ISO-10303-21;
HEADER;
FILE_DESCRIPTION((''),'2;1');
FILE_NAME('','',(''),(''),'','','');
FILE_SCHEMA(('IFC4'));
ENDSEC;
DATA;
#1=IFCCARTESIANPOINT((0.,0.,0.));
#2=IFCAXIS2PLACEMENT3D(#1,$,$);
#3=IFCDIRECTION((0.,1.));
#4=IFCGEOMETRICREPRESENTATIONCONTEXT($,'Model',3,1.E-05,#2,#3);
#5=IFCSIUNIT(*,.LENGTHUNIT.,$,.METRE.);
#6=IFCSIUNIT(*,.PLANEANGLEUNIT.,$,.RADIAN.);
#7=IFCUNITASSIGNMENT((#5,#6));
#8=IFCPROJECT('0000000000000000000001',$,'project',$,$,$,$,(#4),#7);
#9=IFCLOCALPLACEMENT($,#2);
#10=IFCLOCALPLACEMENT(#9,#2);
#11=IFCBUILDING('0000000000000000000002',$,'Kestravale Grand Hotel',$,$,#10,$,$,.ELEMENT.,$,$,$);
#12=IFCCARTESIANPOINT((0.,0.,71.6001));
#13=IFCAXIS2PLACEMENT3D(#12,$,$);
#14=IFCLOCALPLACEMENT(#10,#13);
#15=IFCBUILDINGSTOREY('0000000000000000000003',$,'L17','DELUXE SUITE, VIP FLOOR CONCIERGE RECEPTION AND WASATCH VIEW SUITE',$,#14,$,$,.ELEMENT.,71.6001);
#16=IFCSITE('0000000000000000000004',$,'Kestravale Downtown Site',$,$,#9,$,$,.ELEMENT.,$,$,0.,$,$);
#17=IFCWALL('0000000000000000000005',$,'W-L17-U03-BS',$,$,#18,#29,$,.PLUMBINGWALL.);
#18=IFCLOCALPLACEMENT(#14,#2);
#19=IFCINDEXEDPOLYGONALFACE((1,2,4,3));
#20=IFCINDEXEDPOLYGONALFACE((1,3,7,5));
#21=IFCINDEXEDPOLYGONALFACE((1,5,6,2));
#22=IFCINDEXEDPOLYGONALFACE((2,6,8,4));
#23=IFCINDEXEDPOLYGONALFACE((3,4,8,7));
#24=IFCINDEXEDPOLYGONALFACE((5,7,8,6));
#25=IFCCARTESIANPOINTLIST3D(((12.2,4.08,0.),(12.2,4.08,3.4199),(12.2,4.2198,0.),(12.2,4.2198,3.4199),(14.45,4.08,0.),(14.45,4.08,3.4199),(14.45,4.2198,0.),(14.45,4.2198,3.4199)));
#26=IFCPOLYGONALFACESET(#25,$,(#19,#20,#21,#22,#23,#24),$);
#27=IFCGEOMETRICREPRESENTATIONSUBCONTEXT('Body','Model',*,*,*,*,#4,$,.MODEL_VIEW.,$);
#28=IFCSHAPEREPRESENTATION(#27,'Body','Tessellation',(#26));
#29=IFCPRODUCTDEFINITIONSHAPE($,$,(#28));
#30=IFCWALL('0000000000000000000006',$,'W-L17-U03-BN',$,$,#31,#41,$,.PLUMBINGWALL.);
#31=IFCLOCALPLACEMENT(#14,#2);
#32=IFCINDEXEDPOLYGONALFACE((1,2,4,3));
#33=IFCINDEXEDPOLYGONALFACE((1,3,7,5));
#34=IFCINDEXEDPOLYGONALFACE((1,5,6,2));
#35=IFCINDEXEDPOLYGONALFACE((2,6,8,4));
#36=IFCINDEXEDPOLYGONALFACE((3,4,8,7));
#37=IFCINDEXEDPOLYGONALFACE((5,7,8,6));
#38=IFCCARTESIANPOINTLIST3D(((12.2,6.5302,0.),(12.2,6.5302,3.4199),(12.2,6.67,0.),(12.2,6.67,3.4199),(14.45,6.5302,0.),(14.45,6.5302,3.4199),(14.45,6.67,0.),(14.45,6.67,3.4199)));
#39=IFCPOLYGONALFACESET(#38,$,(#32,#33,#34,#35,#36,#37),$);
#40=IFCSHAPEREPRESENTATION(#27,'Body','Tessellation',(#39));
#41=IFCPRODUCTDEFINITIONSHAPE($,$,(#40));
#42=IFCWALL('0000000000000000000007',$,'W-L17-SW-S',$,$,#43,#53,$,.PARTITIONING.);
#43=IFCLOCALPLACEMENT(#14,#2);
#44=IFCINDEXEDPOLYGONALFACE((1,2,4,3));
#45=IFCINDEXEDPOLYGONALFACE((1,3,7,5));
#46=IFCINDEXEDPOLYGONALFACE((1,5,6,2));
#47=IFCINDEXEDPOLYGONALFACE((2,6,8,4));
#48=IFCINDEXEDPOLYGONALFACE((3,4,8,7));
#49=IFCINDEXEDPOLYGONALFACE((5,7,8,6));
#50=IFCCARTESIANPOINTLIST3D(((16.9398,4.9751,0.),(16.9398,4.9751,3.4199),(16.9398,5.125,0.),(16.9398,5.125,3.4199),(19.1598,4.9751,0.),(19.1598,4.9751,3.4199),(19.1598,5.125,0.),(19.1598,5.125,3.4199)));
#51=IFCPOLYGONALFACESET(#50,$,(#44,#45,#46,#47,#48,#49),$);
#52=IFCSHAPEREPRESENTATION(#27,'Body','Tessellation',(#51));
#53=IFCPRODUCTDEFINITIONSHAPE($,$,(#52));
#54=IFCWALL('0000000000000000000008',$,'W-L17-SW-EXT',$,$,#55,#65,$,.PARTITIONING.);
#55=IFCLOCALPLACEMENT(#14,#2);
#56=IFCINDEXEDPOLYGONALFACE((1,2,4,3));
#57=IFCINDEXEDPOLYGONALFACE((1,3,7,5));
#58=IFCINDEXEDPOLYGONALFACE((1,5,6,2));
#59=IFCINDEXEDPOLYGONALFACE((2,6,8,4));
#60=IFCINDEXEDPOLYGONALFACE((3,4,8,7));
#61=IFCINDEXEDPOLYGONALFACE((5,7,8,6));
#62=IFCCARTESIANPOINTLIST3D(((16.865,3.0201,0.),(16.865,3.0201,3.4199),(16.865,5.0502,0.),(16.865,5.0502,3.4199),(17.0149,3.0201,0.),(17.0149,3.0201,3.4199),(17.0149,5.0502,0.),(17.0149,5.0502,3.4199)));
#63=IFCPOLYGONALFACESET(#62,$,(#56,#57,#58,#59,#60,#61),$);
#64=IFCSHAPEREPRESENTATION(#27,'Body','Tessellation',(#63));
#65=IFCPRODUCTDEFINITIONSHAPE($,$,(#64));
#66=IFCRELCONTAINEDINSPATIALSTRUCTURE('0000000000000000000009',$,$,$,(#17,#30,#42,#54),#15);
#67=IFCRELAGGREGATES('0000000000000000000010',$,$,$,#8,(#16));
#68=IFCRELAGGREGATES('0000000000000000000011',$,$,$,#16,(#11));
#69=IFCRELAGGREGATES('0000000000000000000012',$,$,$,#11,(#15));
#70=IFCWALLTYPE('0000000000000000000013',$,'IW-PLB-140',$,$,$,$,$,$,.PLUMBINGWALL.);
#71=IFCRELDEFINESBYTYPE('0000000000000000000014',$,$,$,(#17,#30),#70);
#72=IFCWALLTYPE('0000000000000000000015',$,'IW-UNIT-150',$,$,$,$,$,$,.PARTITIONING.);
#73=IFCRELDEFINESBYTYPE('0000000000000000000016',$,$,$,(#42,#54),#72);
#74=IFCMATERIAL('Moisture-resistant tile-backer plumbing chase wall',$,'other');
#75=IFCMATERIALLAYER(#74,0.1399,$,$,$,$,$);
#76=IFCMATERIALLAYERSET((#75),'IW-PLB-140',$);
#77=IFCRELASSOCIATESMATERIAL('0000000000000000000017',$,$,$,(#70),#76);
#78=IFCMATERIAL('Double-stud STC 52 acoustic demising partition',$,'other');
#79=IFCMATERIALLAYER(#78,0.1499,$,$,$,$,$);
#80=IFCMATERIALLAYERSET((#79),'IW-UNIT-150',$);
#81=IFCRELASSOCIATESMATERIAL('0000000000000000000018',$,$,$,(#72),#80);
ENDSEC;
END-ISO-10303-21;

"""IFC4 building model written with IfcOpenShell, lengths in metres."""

from ifc_helpers import new_model, si_unit, direction, frame, frame_2d, origin, place, context, subcontext, project, spatial, rectangle, extrude, material, layer, layer_set, type_object, element, save


model = new_model("IFC4")

# Units and contexts
model_context = context("Model", 3, precision=1e-05, world=origin(), true_north=direction((0.0, 1.0)))
body_context = subcontext(model_context, "Body", "Model", "MODEL_VIEW")
ifc_project = project(units=[si_unit("LENGTHUNIT", "METRE"), si_unit("PLANEANGLEUNIT", "RADIAN")], contexts=[model_context])

# Site, building, storey
site_placement = place(None, origin())
site = spatial("IfcSite", under=ifc_project, at=site_placement, Name="Kestravale Downtown Site", CompositionType="ELEMENT", RefElevation=0.0)
building_placement = place(site_placement, origin())
building = spatial("IfcBuilding", under=site, at=building_placement, Name="Kestravale Grand Hotel", CompositionType="ELEMENT")
storey_placement = place(building_placement, frame((0.0, 0.0, 71.6001)))
storey = spatial("IfcBuildingStorey", under=building, at=storey_placement, Name="L17", Description="DELUXE SUITE, VIP FLOOR CONCIERGE RECEPTION AND WASATCH VIEW SUITE", CompositionType="ELEMENT", Elevation=71.6001)

# Shared definitions
ifc_material_1 = material(Name="Moisture-resistant tile-backer plumbing chase wall", Category="other")
ifc_layer_1 = layer(ifc_material_1, 0.1399)
ifc_layer_set_1 = layer_set([ifc_layer_1], Name="IW-PLB-140")
wall_type_1 = type_object("IfcWallType", Name="IW-PLB-140", PredefinedType="PLUMBINGWALL", material=ifc_layer_set_1)

# Walls
for number, where, z_axis, x_axis, name in (
    (1, (12.2, 4.1499, 0.0), (0.0, 0.0, 1.0), (1.0, 0.0, 0.0), "W-L17-U03-BS"),
    (2, (12.2, 6.6001, 0.0), (0.0, 0.0, 1.0), (1.0, 0.0, 0.0), "W-L17-U03-BN"),
):
    element("IfcWall", number, at=place(storey_placement, frame(where, z_axis=z_axis, x_axis=x_axis)), inside=storey, type_object=wall_type_1, Name=name, PredefinedType="PLUMBINGWALL", context=body_context, shape_type="SweptSolid", body=[
        extrude(rectangle(XDim=2.25, YDim=0.1399, at=frame_2d((1.125, 0.0))), origin(), (0.0, 0.0, 1.0), 3.4199),
    ])
ifc_material_2 = material(Name="Double-stud STC 52 acoustic demising partition", Category="other")
ifc_layer_2 = layer(ifc_material_2, 0.1499)
ifc_layer_set_2 = layer_set([ifc_layer_2], Name="IW-UNIT-150")
wall_type_2 = type_object("IfcWallType", Name="IW-UNIT-150", PredefinedType="PARTITIONING", material=ifc_layer_set_2)
wall_1_placement = place(storey_placement, frame((16.9399, 5.05, 0.0), z_axis=(0.0, 0.0, 1.0), x_axis=(1.0, 0.0, 0.0)))
element("IfcWall", 3, at=wall_1_placement, inside=storey, type_object=wall_type_2, Name="W-L17-SW-S", PredefinedType="PARTITIONING", context=body_context, shape_type="SweptSolid", body=[
    extrude(rectangle(XDim=2.22, YDim=0.1499, at=frame_2d((1.1099, 0.0))), origin(), (0.0, 0.0, 1.0), 3.4199),
])
wall_2_placement = place(storey_placement, frame((16.9399, 3.02, 0.0), z_axis=(0.0, 0.0, 1.0), x_axis=(0.0, 1.0, 0.0)))
element("IfcWall", 4, at=wall_2_placement, inside=storey, type_object=wall_type_2, Name="W-L17-SW-EXT", PredefinedType="PARTITIONING", context=body_context, shape_type="SweptSolid", body=[
    extrude(rectangle(XDim=2.03, YDim=0.1499, at=frame_2d((1.0151, 0.0))), origin(), (0.0, 0.0, 1.0), 3.4199),
])

save(model, "model.ifc")
